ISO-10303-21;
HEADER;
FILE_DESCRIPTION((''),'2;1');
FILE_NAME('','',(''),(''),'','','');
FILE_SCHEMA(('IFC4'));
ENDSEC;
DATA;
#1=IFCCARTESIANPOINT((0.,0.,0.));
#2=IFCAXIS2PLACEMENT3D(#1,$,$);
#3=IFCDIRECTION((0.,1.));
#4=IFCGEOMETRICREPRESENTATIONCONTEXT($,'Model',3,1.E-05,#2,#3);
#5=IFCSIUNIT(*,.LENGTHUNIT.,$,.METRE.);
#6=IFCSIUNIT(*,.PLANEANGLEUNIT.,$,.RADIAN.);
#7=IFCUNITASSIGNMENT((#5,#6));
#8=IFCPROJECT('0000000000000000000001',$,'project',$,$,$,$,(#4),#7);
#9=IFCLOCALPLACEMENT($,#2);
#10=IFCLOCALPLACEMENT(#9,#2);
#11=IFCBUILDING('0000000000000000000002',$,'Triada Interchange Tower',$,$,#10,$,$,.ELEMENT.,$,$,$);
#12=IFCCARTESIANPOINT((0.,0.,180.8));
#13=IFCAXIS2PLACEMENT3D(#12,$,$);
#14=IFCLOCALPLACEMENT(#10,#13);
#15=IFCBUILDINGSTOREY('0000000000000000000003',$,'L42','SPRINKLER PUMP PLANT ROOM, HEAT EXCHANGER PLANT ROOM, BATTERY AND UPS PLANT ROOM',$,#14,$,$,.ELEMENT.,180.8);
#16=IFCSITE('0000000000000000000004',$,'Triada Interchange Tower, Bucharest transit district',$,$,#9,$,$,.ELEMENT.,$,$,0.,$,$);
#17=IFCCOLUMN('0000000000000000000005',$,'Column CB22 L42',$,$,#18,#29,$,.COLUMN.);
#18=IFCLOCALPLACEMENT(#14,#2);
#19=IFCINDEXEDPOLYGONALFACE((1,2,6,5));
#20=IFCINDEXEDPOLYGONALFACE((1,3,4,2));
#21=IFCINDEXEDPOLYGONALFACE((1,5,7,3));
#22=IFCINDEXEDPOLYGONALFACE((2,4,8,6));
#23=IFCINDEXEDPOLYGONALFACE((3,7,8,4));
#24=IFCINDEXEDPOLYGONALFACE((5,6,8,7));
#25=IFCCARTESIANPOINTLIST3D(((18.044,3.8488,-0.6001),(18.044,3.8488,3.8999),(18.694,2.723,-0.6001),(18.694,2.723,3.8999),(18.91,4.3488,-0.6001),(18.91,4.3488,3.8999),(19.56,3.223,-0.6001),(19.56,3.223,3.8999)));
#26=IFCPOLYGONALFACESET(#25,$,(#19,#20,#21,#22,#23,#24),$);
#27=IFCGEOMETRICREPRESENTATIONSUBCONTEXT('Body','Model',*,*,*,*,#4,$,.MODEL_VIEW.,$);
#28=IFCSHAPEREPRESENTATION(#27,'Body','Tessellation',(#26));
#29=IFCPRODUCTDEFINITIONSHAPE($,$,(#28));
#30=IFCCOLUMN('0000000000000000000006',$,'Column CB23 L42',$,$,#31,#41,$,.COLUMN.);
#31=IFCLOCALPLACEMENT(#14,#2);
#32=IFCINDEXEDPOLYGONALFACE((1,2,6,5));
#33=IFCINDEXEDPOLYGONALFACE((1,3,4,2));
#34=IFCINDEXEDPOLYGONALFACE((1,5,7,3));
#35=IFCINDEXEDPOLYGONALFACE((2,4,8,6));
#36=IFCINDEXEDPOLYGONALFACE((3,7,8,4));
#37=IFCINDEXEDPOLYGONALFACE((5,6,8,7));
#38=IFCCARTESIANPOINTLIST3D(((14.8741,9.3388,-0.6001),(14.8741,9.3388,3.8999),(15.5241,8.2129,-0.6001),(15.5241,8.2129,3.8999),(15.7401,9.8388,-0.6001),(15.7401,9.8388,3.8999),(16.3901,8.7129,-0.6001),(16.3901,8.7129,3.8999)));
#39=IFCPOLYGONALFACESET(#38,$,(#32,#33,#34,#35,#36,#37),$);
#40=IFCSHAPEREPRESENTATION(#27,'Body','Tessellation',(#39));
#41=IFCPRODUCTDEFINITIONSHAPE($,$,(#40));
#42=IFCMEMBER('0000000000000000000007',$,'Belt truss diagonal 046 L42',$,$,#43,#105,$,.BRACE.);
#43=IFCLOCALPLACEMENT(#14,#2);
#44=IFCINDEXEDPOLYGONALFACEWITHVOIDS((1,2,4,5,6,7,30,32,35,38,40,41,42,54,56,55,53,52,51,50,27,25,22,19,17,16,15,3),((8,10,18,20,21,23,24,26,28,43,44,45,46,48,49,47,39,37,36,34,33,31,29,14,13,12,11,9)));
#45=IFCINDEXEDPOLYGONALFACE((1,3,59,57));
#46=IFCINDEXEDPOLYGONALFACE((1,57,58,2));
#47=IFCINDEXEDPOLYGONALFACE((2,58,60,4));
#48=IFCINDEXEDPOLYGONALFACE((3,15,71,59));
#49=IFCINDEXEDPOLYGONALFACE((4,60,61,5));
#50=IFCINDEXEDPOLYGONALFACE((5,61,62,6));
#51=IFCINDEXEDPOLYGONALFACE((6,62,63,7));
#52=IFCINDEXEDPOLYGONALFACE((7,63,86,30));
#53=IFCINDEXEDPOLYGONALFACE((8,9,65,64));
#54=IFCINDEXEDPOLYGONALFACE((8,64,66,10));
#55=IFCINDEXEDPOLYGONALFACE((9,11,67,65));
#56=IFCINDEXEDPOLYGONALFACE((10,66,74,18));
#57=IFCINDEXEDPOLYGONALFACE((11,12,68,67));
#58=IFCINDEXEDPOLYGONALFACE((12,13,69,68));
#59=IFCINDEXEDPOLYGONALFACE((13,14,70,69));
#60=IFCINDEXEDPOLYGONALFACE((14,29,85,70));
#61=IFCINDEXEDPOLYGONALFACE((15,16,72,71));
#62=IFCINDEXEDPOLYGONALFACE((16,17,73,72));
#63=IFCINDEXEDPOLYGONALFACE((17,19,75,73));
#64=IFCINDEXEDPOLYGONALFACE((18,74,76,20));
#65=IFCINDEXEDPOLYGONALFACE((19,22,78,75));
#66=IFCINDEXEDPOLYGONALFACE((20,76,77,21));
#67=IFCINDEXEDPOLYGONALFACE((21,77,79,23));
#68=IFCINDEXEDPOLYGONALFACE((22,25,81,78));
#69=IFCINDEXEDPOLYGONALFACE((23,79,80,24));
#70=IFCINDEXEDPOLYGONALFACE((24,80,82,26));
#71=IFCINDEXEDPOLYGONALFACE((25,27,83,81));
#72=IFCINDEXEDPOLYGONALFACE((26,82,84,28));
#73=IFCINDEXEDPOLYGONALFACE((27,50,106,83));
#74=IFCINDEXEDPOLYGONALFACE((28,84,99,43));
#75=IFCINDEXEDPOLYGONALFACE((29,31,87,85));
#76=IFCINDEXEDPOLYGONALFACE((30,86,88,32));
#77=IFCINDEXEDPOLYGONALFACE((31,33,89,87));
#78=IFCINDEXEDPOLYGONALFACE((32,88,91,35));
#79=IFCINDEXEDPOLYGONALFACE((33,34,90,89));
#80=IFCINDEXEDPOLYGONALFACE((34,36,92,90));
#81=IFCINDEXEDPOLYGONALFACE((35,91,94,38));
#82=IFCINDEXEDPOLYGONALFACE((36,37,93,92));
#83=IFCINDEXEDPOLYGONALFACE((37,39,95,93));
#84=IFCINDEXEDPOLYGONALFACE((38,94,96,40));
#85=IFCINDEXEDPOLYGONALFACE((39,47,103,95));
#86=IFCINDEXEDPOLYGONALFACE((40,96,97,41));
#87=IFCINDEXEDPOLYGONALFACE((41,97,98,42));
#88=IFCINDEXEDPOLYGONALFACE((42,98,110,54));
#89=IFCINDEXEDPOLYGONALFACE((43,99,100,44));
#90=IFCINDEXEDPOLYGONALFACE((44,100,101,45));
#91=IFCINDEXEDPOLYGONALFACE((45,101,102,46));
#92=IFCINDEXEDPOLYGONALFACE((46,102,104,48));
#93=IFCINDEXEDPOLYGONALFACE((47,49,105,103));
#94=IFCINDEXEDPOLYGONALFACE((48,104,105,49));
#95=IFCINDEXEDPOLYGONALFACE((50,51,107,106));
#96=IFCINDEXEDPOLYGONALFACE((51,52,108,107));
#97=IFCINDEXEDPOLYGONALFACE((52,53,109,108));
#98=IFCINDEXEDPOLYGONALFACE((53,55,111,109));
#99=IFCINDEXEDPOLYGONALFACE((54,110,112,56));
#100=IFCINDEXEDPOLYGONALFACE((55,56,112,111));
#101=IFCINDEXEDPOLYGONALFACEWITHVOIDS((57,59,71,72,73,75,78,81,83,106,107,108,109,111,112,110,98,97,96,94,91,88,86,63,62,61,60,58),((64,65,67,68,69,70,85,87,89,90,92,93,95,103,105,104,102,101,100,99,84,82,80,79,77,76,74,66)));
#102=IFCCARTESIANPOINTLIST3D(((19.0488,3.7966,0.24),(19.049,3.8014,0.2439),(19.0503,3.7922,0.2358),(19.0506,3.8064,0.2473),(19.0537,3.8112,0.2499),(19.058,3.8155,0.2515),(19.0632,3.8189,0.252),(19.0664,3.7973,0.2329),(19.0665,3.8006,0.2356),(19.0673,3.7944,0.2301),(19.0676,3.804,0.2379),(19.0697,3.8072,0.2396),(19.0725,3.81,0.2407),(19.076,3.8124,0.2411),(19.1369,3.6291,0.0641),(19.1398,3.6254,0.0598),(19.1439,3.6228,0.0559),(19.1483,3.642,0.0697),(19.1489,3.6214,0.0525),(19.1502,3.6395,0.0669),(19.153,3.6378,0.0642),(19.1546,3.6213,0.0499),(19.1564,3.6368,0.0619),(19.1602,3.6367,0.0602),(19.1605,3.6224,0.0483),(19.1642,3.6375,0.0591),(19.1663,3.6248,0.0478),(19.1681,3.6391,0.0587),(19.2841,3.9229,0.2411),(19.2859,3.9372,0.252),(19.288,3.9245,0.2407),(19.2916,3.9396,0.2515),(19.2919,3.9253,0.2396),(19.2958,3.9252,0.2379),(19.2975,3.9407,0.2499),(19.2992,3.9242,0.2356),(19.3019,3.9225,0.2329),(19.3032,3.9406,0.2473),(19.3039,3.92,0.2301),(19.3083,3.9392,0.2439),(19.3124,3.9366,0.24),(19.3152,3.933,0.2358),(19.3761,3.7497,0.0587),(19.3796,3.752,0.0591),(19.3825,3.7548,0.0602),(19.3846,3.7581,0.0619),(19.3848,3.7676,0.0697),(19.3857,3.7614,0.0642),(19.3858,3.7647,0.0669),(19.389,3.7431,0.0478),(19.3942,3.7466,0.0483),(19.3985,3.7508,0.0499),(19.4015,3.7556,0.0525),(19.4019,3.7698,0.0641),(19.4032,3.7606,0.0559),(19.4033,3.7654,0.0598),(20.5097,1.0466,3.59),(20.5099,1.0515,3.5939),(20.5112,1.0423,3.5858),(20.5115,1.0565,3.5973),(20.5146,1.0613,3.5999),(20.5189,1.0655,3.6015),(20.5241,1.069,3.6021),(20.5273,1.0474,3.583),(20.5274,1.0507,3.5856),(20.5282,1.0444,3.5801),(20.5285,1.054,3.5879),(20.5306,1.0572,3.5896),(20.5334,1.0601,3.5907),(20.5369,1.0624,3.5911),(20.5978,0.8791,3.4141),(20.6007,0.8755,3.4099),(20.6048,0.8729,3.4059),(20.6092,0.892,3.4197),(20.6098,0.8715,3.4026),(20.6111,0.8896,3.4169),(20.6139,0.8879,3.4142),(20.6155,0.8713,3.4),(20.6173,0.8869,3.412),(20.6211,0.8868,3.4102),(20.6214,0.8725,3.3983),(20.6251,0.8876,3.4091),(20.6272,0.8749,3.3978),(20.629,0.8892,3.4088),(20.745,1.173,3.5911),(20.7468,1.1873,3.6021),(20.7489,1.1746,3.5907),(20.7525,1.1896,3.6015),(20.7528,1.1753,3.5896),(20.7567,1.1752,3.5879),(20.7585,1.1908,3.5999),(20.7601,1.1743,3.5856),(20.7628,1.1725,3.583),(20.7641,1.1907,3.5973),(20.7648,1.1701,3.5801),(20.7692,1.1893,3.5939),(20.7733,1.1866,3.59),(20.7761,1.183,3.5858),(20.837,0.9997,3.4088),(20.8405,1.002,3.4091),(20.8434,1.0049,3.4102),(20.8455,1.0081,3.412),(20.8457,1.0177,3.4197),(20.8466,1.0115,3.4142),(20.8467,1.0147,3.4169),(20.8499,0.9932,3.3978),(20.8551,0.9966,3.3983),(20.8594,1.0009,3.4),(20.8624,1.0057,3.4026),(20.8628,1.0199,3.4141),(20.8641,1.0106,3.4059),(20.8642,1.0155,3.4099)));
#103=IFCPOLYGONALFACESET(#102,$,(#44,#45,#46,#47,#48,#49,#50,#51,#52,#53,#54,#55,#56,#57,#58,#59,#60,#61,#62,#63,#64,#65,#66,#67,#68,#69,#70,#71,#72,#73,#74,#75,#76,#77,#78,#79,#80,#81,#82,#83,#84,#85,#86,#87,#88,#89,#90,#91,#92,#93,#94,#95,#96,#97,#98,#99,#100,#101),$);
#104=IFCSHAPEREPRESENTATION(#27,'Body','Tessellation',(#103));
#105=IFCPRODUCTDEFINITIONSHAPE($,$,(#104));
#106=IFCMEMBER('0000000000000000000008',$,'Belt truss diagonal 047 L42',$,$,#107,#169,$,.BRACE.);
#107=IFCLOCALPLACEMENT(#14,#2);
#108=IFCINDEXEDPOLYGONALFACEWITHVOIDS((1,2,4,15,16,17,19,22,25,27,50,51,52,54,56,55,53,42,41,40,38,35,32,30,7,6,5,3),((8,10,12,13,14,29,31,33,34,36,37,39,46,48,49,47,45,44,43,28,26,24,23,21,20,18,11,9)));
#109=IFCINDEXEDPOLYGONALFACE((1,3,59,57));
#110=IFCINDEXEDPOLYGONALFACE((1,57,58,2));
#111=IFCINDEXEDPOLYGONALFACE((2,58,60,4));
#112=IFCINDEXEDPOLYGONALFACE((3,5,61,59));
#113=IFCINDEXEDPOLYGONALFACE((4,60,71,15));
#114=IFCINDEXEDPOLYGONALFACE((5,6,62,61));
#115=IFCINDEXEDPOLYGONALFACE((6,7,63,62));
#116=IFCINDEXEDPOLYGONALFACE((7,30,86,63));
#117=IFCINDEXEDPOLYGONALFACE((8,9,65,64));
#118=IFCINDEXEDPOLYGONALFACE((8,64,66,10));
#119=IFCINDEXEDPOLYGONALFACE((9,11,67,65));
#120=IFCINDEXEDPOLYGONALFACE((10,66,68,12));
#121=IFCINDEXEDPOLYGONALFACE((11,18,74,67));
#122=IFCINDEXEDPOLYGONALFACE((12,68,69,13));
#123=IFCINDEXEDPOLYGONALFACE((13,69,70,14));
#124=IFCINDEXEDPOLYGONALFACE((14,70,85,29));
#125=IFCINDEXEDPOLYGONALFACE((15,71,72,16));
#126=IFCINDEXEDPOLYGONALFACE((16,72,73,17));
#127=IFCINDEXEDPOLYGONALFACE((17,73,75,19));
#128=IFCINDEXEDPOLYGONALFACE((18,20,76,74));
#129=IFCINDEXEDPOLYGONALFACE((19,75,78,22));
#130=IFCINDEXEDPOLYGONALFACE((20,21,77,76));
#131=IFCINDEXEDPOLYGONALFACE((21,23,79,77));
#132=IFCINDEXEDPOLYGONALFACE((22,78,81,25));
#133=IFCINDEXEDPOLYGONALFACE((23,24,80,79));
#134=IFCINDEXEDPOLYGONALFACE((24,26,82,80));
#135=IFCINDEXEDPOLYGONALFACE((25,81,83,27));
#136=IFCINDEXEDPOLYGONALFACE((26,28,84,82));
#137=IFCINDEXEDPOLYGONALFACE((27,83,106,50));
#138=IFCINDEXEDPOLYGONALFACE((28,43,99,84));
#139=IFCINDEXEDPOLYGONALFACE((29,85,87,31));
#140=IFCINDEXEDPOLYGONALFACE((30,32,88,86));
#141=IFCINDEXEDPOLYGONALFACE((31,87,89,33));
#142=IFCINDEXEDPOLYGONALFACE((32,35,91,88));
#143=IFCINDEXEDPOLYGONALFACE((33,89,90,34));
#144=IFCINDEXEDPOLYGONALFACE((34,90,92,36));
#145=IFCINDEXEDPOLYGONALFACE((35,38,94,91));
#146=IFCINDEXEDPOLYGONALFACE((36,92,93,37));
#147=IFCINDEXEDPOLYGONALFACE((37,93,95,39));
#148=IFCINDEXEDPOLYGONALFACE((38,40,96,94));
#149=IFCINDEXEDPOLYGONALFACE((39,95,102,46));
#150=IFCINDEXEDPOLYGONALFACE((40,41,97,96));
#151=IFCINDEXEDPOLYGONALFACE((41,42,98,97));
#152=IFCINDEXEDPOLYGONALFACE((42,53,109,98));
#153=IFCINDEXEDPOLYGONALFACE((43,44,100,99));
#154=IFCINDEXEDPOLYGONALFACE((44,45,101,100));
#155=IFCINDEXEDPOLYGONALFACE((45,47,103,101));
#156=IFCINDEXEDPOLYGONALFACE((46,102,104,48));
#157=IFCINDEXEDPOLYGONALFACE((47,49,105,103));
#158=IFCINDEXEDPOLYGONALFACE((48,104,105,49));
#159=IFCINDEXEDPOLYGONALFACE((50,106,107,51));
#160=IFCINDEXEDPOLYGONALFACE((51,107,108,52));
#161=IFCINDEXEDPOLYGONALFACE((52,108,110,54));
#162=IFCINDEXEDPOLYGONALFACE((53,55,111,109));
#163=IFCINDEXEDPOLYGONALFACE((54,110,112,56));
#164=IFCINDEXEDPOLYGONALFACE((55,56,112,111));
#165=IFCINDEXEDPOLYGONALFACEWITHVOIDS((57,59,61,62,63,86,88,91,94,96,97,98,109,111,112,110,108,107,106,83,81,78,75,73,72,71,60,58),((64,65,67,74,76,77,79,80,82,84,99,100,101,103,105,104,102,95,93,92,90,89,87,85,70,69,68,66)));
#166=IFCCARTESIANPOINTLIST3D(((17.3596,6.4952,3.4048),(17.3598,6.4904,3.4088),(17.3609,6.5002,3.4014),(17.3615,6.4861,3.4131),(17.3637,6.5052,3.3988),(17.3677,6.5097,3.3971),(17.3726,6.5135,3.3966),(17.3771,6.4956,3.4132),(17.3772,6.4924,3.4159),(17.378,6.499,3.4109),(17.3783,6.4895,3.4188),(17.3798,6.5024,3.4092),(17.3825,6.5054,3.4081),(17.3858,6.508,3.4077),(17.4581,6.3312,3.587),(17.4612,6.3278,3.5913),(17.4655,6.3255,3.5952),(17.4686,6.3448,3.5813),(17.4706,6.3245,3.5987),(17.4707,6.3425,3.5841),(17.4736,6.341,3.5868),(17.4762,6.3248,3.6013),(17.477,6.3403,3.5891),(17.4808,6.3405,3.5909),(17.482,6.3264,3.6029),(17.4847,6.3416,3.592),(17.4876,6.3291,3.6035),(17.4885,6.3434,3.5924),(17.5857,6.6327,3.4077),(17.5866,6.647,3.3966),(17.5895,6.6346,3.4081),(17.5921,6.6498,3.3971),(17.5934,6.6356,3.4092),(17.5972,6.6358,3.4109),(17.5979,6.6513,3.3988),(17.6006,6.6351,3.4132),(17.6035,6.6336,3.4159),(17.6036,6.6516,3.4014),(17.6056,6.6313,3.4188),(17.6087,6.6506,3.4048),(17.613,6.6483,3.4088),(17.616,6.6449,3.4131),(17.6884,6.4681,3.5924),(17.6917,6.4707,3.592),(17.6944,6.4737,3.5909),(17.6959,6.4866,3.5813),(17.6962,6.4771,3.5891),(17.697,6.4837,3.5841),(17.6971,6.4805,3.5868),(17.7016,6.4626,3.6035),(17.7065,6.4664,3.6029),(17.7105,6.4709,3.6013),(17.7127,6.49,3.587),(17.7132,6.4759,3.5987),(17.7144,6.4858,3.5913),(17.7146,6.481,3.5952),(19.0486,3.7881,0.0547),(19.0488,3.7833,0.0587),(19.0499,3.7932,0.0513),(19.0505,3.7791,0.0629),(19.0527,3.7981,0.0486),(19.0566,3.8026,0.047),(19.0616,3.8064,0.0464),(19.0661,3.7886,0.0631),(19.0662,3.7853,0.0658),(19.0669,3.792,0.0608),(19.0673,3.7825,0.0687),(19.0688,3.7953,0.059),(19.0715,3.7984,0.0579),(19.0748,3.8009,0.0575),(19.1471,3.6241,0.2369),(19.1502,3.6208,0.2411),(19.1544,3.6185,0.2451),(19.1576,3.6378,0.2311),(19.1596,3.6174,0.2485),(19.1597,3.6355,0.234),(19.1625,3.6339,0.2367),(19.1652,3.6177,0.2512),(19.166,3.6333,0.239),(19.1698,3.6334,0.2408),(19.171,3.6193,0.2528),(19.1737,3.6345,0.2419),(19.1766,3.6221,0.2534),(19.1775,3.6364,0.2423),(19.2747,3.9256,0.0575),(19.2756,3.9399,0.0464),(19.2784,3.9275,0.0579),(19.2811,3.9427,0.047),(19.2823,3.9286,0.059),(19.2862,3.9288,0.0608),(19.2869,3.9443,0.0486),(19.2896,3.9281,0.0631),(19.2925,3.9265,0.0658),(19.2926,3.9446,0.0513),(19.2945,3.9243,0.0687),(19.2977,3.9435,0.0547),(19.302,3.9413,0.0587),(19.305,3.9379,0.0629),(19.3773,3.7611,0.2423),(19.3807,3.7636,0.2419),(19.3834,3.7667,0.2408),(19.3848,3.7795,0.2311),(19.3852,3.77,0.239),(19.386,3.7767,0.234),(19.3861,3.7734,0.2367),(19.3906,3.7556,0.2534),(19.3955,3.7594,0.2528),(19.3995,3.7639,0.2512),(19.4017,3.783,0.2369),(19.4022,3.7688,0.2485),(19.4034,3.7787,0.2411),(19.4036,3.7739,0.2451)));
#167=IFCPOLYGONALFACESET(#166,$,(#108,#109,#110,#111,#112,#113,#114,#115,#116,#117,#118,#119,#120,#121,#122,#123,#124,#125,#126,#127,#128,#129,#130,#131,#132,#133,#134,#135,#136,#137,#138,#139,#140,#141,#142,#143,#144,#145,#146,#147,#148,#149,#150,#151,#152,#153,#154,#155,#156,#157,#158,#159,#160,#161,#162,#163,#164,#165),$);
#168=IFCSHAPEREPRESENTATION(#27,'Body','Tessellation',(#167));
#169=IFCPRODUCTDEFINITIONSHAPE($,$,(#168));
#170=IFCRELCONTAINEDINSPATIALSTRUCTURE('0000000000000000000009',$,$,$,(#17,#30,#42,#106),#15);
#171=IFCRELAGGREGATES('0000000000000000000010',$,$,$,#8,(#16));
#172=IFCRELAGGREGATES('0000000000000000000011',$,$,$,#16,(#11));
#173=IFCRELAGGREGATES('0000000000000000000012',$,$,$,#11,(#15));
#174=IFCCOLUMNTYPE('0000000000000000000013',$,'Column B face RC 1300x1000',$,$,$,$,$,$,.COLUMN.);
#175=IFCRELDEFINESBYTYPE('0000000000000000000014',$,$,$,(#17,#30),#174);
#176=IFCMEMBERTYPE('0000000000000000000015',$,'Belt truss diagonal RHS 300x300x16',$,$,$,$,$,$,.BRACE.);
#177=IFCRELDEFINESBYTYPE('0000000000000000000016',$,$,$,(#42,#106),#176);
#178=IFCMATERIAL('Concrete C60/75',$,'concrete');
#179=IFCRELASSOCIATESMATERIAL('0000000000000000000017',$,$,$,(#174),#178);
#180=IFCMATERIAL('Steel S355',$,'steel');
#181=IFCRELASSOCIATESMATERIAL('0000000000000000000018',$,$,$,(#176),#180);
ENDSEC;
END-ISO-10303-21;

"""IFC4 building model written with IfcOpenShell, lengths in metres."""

from ifc_helpers import new_model, si_unit, direction, frame, origin, origin_2d, place, context, subcontext, project, spatial, rectangle, hollow_rectangle, extrude, material, material_profile, profile_set, type_object, element, save


model = new_model("IFC4")

# Units and contexts
model_context = context("Model", 3, precision=1e-05, world=origin(), true_north=direction((0.0, 1.0)))
body_context = subcontext(model_context, "Body", "Model", "MODEL_VIEW")
ifc_project = project(units=[si_unit("LENGTHUNIT", "METRE"), si_unit("PLANEANGLEUNIT", "RADIAN")], contexts=[model_context])

# Site, building, storey
site_placement = place(None, origin())
site = spatial("IfcSite", under=ifc_project, at=site_placement, Name="Triada Interchange Tower, Bucharest transit district", CompositionType="ELEMENT", RefElevation=0.0)
building_placement = place(site_placement, origin())
building = spatial("IfcBuilding", under=site, at=building_placement, Name="Triada Interchange Tower", CompositionType="ELEMENT")
storey_placement = place(building_placement, frame((0.0, 0.0, 180.8)))
storey = spatial("IfcBuildingStorey", under=building, at=storey_placement, Name="L42", Description="SPRINKLER PUMP PLANT ROOM, HEAT EXCHANGER PLANT ROOM, BATTERY AND UPS PLANT ROOM", CompositionType="ELEMENT", Elevation=180.8)

# Columns
ifc_material_1 = material(Name="Concrete C60/75", Category="concrete")
ifc_material_profile_1 = material_profile(ifc_material_1, rectangle(XDim=1.3, YDim=1.0, at=origin_2d()), Name="RC 1300x1000")
ifc_profile_set_1 = profile_set([ifc_material_profile_1], Name="Concrete C60/75")
column_type = type_object("IfcColumnType", Name="Column B face RC 1300x1000", PredefinedType="COLUMN", material=ifc_profile_set_1)
for number, where, z_axis, x_axis, name in (
    (1, (18.802, 3.5359, -0.6001), (0.0, 0.0, 1.0), (-0.5, 0.866025, 0.0), "Column CB22 L42"),
    (2, (15.6321, 9.0259, -0.6001), (0.0, 0.0, 1.0), (-0.5, 0.866025, 0.0), "Column CB23 L42"),
):
    element("IfcColumn", number, at=place(storey_placement, frame(where, z_axis=z_axis, x_axis=x_axis)), inside=storey, type_object=column_type, Name=name, PredefinedType="COLUMN", context=body_context, shape_type="SweptSolid", body=[
        extrude(rectangle(XDim=1.3, YDim=1.0, at=origin_2d()), origin(), (0.0, 0.0, 1.0), 4.5),
    ])

# Members
ifc_material_2 = material(Name="Steel S355", Category="steel")
ifc_material_profile_2 = material_profile(ifc_material_2, hollow_rectangle(XDim=0.3, YDim=0.3, WallThickness=0.0161, InnerFilletRadius=0.0161, OuterFilletRadius=0.0239, at=origin_2d()), Name="RHS 300x300x16")
ifc_profile_set_2 = profile_set([ifc_material_profile_2], Name="Steel S355")
member_type = type_object("IfcMemberType", Name="Belt truss diagonal RHS 300x300x16", PredefinedType="BRACE", material=ifc_profile_set_2)
member_1_placement = place(storey_placement, frame((19.2261, 3.781, 0.1499), z_axis=(0.319412, -0.601246, 0.732448), x_axis=(0.883116, 0.469155, 0.0)))
element("IfcMember", 3, at=member_1_placement, inside=storey, type_object=member_type, Name="Belt truss diagonal 046 L42", PredefinedType="BRACE", context=body_context, shape_type="SweptSolid", body=[
    extrude(hollow_rectangle(XDim=0.3, YDim=0.3, WallThickness=0.0161, InnerFilletRadius=0.0161, OuterFilletRadius=0.0239, at=origin_2d()), origin(), (0.0, 0.0, 1.0), 4.5737),
])
member_2_placement = place(storey_placement, frame((19.2261, 3.781, 0.1499), z_axis=(-0.365069, 0.585124, 0.724123), x_axis=(-0.848411, -0.529339, 0.0)))
element("IfcMember", 4, at=member_2_placement, inside=storey, type_object=member_type, Name="Belt truss diagonal 047 L42", PredefinedType="BRACE", context=body_context, shape_type="SweptSolid", body=[
    extrude(hollow_rectangle(XDim=0.3, YDim=0.3, WallThickness=0.0161, InnerFilletRadius=0.0161, OuterFilletRadius=0.0239, at=origin_2d()), origin(), (0.0, 0.0, 1.0), 4.6265),
])

save(model, "model.ifc")
